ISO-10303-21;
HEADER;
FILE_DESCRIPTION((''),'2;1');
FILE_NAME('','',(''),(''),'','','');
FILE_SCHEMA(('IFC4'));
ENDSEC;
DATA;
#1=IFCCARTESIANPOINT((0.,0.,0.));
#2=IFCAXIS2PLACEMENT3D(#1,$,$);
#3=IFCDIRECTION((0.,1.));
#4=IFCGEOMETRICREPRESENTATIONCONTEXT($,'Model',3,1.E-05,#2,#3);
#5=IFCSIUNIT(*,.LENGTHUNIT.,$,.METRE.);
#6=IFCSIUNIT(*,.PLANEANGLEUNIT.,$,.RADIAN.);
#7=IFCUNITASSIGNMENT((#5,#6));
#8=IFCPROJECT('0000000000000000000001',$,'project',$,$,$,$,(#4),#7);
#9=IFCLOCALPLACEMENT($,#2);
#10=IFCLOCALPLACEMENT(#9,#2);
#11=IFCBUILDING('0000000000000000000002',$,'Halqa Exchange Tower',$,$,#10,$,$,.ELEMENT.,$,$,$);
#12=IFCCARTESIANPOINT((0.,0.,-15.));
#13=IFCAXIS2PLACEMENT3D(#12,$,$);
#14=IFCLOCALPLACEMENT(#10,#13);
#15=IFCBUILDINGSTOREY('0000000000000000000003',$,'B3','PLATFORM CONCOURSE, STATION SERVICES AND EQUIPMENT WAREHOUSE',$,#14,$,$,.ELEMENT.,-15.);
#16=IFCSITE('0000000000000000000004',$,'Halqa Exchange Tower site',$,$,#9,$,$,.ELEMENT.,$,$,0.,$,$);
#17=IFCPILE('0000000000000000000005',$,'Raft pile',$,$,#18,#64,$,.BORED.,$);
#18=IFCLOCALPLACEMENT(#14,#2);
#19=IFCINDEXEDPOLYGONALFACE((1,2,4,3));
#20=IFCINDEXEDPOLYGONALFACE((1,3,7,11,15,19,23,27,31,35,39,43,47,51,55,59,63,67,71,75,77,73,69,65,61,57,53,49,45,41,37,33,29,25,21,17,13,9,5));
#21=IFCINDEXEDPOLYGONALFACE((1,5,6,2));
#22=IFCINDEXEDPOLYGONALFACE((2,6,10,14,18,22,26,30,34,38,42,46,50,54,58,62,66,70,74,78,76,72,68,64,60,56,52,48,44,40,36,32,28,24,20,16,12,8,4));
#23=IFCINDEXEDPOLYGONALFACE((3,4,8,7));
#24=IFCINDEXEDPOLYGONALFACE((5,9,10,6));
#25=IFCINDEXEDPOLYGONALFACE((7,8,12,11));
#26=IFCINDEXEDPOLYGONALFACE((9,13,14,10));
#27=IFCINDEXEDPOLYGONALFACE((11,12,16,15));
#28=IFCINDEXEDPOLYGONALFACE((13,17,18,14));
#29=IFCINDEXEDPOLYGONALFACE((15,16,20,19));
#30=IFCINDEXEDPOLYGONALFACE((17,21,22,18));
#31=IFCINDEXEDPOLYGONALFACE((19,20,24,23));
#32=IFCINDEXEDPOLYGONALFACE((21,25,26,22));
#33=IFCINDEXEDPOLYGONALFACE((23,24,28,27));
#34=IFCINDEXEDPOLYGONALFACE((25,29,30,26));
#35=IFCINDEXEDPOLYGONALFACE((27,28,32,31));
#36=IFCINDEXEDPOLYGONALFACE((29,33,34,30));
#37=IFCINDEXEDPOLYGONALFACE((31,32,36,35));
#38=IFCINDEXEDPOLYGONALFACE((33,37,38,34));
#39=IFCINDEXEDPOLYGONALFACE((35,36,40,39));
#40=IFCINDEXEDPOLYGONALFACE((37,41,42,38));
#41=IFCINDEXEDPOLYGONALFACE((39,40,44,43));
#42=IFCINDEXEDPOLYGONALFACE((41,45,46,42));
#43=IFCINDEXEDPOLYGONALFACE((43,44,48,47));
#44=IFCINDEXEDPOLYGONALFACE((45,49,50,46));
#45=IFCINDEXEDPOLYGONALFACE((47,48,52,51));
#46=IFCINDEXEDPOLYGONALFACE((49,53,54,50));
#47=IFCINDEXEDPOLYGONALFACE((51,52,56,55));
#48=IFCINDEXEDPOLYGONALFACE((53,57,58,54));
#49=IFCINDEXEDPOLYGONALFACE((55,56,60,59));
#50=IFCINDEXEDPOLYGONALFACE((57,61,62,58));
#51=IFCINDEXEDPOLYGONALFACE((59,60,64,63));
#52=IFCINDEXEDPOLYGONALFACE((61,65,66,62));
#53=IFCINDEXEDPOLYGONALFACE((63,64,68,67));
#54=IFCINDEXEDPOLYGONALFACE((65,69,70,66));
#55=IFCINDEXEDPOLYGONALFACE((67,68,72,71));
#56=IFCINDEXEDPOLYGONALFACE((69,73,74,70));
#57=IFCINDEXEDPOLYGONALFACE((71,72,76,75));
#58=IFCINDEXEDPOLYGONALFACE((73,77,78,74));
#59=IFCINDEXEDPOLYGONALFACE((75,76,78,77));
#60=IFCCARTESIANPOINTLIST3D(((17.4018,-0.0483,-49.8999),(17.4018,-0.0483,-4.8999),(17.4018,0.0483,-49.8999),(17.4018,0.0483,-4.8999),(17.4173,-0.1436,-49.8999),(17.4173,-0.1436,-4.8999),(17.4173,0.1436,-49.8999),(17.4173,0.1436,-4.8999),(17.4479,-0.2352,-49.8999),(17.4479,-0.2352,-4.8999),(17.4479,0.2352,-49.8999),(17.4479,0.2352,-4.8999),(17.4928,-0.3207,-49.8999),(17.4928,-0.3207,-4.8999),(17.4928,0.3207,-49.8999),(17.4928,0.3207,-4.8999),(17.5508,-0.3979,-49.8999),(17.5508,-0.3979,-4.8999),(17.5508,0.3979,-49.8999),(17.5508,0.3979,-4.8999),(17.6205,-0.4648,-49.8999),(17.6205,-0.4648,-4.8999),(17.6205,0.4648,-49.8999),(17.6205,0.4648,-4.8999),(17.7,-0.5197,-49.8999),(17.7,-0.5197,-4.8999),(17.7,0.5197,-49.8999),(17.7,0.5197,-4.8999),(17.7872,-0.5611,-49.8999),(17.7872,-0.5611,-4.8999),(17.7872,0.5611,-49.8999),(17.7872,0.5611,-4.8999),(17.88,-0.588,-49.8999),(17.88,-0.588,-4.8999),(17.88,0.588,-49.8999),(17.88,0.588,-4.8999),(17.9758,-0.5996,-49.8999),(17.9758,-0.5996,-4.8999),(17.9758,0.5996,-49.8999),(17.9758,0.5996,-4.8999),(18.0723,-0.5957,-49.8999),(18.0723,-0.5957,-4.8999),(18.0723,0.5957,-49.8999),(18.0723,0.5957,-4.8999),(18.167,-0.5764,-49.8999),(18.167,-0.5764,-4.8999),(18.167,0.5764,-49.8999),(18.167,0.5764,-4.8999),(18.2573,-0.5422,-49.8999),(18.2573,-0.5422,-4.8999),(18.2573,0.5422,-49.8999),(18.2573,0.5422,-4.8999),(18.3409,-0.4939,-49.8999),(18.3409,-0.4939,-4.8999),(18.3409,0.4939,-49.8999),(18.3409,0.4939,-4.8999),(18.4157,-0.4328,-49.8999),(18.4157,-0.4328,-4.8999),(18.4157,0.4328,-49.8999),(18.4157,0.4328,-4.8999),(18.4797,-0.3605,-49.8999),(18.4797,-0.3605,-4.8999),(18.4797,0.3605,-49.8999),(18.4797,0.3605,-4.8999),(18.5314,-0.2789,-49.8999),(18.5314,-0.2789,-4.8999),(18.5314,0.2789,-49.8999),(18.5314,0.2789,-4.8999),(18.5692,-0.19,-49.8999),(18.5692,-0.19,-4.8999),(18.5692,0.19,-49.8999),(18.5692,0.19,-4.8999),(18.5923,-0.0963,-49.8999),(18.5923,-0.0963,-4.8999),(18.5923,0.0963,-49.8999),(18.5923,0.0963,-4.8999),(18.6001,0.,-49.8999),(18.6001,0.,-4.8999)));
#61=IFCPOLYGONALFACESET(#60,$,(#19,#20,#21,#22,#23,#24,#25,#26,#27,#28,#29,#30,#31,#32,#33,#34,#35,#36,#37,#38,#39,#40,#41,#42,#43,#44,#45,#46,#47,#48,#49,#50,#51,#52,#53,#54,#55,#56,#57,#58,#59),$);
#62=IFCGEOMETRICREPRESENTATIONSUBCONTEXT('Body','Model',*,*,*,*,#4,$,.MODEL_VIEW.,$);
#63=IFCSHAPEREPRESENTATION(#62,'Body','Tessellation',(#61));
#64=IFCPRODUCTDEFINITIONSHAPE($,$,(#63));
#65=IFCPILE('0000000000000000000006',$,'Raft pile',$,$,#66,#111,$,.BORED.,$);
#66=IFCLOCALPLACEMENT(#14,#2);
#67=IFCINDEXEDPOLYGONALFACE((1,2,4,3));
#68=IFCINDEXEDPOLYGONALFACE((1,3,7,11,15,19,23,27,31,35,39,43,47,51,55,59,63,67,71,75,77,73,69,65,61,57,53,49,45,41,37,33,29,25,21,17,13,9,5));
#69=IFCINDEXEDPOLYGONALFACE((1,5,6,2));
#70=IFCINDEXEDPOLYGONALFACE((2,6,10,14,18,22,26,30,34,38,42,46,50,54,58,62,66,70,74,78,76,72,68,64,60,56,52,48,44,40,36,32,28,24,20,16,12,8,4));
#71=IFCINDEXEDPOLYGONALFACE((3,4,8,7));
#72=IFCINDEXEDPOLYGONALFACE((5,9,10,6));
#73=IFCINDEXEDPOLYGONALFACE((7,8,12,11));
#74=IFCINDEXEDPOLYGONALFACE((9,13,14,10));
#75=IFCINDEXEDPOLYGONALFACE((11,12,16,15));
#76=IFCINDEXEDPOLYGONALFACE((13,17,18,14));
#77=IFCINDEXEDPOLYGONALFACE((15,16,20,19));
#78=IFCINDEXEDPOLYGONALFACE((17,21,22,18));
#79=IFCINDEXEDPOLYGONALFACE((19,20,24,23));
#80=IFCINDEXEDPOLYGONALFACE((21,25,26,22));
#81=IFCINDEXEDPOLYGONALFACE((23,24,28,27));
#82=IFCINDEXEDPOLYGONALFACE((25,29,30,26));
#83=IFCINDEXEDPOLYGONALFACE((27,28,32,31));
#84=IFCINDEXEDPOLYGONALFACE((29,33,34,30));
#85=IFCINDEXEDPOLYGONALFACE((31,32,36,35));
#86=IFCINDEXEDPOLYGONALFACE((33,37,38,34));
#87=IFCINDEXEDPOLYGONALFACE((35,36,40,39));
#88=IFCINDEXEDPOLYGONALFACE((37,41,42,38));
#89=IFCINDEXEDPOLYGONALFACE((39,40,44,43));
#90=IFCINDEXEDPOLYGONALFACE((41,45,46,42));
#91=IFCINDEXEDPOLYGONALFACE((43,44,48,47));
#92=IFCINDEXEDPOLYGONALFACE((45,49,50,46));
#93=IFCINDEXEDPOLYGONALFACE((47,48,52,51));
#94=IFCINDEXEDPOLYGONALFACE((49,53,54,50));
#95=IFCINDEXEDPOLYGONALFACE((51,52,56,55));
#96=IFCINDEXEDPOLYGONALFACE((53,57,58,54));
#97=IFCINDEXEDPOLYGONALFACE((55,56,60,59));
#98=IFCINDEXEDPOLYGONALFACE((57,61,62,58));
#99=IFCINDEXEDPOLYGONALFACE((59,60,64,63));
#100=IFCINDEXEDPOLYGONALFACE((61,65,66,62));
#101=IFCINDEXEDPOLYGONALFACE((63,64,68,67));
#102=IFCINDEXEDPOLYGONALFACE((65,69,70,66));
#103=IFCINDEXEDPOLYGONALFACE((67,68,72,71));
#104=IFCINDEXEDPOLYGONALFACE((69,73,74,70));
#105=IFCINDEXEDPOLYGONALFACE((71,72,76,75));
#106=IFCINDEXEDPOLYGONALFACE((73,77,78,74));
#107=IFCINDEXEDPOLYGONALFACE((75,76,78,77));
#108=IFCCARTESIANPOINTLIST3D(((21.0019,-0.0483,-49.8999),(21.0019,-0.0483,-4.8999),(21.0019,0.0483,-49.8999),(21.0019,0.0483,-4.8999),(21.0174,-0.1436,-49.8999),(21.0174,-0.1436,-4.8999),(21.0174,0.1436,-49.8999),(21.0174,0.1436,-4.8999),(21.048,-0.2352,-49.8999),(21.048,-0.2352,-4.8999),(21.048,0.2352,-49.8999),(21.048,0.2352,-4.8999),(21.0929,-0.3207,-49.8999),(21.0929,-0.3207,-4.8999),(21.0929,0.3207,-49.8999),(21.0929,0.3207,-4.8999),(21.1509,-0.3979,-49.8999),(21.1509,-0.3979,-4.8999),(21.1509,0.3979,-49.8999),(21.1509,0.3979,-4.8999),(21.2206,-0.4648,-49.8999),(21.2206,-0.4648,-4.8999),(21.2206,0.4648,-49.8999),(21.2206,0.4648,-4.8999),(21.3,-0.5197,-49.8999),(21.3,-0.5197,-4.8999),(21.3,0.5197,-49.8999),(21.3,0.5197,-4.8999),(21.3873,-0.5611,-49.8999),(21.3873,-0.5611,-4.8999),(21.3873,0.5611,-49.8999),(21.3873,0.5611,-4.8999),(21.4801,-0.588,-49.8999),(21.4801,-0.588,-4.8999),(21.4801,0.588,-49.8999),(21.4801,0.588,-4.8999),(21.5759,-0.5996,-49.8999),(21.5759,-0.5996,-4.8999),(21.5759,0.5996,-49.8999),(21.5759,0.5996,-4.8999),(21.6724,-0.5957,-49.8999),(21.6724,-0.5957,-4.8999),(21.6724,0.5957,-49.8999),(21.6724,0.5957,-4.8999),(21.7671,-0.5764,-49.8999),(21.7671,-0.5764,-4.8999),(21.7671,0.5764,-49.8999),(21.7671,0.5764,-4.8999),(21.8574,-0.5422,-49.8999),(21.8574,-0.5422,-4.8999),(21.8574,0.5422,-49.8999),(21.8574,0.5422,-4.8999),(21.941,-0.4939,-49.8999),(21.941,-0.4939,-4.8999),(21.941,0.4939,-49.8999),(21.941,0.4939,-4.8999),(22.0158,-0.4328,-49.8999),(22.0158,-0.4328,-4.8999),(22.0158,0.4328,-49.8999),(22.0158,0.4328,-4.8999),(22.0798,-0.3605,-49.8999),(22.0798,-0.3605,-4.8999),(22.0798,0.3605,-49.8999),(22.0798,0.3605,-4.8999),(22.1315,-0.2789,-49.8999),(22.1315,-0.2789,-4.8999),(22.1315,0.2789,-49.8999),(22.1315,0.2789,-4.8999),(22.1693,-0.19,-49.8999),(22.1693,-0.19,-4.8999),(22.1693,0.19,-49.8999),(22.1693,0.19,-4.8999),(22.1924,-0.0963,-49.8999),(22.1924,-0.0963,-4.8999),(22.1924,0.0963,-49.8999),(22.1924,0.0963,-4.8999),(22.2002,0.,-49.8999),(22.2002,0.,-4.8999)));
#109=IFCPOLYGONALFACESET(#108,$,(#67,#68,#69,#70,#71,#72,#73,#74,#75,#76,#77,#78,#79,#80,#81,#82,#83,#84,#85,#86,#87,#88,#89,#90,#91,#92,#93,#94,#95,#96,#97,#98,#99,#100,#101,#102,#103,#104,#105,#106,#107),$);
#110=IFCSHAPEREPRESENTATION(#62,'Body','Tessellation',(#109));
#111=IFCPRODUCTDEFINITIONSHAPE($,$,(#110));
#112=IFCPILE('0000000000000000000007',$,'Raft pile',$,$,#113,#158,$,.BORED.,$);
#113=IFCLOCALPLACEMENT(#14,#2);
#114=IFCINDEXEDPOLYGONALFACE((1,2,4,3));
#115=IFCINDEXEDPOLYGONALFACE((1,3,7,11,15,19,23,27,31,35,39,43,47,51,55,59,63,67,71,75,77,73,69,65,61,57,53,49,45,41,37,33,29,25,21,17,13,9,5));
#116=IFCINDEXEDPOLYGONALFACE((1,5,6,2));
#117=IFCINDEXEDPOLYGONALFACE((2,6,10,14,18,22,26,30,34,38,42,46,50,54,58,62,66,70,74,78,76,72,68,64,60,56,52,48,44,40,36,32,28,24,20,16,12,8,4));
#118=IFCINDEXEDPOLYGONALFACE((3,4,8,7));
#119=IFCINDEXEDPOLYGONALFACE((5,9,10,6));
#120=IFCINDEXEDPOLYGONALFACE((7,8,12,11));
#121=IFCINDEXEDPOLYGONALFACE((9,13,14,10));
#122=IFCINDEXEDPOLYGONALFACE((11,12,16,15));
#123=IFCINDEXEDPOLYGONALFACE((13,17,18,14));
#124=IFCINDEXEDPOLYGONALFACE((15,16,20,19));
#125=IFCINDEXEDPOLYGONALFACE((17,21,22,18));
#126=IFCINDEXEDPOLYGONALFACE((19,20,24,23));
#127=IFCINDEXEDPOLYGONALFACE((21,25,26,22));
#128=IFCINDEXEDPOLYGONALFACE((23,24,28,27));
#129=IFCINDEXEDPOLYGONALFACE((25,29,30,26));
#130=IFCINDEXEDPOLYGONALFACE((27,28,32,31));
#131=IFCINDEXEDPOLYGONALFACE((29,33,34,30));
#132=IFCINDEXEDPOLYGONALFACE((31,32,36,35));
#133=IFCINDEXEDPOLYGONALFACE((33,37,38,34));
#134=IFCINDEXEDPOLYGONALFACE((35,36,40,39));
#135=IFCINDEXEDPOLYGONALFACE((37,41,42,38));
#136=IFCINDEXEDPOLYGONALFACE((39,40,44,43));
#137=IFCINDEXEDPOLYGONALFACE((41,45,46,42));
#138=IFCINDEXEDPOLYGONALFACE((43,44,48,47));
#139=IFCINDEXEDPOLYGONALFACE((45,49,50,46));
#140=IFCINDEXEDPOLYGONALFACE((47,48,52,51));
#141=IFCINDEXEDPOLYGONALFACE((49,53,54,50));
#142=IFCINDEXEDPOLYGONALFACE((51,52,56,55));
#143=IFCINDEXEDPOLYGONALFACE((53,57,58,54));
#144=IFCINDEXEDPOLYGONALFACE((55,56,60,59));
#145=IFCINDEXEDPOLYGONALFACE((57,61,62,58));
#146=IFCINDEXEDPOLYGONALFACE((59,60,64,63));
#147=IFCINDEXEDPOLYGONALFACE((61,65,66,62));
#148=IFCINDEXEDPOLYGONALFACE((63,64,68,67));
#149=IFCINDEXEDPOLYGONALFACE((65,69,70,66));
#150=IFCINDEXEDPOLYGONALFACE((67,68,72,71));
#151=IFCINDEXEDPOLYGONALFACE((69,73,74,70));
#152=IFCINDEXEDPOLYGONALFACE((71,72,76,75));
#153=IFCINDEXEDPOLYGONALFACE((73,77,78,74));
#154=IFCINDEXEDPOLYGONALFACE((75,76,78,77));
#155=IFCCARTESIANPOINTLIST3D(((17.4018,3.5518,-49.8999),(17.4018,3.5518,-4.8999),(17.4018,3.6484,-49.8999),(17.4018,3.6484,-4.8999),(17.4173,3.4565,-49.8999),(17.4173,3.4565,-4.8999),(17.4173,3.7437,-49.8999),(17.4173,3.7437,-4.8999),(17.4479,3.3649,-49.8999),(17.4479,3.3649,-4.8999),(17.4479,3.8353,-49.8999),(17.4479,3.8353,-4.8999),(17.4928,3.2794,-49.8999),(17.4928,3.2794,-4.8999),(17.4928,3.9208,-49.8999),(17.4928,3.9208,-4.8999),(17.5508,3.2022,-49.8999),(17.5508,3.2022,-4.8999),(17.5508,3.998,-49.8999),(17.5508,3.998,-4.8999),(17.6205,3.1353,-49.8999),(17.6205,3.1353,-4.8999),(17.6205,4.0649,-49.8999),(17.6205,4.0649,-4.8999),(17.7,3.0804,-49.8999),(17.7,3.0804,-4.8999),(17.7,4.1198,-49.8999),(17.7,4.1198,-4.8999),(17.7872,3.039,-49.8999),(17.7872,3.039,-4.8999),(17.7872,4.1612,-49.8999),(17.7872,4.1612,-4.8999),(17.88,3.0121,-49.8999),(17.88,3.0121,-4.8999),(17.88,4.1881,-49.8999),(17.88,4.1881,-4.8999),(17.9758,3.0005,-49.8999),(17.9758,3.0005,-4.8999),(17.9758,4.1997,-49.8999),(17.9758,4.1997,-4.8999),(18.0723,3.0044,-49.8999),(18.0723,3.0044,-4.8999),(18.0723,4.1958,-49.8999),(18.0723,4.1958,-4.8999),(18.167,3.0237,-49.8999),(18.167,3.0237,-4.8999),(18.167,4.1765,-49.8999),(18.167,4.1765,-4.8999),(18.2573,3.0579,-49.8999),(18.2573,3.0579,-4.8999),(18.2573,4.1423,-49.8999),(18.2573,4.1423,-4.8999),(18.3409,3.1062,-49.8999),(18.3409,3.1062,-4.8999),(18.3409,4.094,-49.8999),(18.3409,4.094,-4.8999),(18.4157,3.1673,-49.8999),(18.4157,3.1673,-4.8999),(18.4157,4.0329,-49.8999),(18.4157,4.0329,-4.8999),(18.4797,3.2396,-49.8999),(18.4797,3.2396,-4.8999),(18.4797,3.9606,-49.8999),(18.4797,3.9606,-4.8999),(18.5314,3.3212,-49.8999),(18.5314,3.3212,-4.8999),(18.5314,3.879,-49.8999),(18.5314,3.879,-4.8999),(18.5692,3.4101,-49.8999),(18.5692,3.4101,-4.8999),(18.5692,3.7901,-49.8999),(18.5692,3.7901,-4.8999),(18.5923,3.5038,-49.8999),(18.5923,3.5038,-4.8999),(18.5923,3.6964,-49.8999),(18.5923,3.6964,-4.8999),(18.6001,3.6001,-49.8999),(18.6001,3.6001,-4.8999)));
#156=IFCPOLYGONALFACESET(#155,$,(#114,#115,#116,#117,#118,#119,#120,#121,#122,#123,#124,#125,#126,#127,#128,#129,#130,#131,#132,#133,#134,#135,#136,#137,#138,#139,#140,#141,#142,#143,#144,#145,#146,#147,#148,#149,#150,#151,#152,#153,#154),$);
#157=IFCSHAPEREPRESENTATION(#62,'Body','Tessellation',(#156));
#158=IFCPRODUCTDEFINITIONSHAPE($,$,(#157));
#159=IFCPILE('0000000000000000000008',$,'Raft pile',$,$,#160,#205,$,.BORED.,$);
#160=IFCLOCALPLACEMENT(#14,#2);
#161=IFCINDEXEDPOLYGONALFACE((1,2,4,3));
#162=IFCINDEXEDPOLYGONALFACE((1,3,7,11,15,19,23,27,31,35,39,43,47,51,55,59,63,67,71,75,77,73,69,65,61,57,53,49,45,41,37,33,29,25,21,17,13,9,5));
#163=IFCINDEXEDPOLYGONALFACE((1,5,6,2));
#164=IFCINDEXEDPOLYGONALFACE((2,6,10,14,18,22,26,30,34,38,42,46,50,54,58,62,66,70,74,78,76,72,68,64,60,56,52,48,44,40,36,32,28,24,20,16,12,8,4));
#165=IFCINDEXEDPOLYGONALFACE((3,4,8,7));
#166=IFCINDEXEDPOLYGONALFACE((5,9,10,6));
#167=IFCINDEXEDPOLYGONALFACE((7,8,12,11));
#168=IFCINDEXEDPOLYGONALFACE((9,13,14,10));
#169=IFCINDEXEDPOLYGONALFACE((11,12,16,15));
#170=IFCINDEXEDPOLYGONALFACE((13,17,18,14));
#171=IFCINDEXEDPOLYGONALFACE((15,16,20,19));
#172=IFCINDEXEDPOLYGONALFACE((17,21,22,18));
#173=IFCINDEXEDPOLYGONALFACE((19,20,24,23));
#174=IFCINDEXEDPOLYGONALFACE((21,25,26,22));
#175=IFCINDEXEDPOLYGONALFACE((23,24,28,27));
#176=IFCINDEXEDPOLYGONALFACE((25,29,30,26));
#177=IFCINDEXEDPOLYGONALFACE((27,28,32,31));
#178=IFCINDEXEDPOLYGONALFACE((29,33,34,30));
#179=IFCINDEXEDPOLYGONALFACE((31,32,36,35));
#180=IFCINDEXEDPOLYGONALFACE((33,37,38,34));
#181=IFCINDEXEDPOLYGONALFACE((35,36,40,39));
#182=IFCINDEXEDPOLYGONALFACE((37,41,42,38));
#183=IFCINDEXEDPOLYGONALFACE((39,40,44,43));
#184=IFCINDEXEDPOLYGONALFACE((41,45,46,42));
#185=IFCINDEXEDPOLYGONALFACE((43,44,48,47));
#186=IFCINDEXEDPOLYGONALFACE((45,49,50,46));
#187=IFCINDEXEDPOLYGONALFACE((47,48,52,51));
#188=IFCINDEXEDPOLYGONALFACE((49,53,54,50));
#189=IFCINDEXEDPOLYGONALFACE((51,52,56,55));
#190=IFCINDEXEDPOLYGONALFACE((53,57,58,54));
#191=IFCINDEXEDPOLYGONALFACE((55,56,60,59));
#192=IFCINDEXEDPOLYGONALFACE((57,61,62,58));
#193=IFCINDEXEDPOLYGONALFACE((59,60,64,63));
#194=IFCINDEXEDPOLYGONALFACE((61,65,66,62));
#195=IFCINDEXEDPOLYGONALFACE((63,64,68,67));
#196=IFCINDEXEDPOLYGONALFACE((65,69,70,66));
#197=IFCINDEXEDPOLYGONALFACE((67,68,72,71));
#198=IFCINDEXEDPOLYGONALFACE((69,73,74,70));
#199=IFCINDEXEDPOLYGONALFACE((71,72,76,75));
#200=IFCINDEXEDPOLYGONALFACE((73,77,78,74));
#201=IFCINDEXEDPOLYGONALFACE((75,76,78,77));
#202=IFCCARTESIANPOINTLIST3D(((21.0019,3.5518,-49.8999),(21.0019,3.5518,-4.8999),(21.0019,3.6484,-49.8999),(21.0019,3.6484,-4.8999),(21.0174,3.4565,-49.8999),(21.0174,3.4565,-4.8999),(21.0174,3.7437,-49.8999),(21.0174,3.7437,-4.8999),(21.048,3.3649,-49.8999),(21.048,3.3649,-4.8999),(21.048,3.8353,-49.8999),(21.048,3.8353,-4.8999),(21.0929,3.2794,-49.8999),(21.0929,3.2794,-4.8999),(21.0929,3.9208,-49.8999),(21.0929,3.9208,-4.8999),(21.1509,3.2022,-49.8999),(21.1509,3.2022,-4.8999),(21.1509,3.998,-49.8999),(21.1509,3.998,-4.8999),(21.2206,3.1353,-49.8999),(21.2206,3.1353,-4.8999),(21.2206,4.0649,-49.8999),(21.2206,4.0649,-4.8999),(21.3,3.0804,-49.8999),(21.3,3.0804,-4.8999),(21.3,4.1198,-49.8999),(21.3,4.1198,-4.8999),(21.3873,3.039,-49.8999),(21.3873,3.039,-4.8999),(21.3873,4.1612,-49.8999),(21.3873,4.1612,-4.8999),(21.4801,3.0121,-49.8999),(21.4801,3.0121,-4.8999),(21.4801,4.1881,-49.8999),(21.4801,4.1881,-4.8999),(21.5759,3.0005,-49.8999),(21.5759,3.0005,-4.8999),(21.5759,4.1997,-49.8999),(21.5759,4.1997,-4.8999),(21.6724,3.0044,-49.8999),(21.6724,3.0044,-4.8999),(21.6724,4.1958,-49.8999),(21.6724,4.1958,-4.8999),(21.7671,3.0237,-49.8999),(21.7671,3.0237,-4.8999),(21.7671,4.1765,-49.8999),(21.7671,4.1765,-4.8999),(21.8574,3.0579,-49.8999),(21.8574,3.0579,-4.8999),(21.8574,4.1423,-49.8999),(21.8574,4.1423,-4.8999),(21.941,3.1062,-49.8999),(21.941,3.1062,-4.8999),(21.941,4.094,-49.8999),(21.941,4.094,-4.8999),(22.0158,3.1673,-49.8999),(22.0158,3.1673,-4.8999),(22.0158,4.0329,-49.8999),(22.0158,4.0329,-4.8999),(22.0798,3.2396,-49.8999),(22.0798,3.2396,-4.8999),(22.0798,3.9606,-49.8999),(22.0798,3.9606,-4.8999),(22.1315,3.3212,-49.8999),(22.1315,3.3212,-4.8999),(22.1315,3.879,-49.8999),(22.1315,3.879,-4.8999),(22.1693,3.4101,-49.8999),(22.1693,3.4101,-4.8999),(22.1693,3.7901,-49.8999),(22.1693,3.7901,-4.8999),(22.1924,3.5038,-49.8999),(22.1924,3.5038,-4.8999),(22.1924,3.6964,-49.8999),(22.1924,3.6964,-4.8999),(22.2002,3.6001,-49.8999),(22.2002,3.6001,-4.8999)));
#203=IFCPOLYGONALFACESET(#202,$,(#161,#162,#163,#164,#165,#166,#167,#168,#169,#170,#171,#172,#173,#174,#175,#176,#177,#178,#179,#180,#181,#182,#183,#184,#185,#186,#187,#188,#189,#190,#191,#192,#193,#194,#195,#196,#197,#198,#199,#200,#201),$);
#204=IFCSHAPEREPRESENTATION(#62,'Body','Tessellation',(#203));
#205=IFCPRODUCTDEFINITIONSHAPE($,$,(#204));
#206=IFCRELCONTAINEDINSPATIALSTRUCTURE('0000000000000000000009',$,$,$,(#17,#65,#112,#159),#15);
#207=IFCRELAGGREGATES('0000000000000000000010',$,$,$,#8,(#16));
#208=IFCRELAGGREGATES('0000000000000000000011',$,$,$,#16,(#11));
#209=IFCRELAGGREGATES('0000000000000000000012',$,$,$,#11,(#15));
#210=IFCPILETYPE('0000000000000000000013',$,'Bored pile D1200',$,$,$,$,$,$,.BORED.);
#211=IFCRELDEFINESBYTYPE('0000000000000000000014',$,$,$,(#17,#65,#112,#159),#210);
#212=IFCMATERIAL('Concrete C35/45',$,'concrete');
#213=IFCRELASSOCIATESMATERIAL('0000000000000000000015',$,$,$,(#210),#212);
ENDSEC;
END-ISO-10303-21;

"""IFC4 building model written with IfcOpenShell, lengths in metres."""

from ifc_helpers import new_model, si_unit, direction, frame, origin, origin_2d, place, context, subcontext, project, spatial, circle, extrude, material, material_profile, profile_set, type_object, element, save


model = new_model("IFC4")

# Units and contexts
model_context = context("Model", 3, precision=1e-05, world=origin(), true_north=direction((0.0, 1.0)))
body_context = subcontext(model_context, "Body", "Model", "MODEL_VIEW")
ifc_project = project(units=[si_unit("LENGTHUNIT", "METRE"), si_unit("PLANEANGLEUNIT", "RADIAN")], contexts=[model_context])

# Site, building, storey
site_placement = place(None, origin())
site = spatial("IfcSite", under=ifc_project, at=site_placement, Name="Halqa Exchange Tower site", CompositionType="ELEMENT", RefElevation=0.0)
building_placement = place(site_placement, origin())
building = spatial("IfcBuilding", under=site, at=building_placement, Name="Halqa Exchange Tower", CompositionType="ELEMENT")
storey_placement = place(building_placement, frame((0.0, 0.0, -15.0)))
storey = spatial("IfcBuildingStorey", under=building, at=storey_placement, Name="B3", Description="PLATFORM CONCOURSE, STATION SERVICES AND EQUIPMENT WAREHOUSE", CompositionType="ELEMENT", Elevation=-15.0)

# Piles
ifc_material_1 = material(Name="Concrete C35/45", Category="concrete")
ifc_material_profile_1 = material_profile(ifc_material_1, circle(Radius=0.6001, at=origin_2d()), Name="D1200")
ifc_profile_set_1 = profile_set([ifc_material_profile_1], Name="Concrete C35/45")
pile_type_1 = type_object("IfcPileType", Name="Bored pile D1200", PredefinedType="BORED", material=ifc_profile_set_1)
for number, where, z_axis, x_axis, name in (
    (1, (18.0, 0.0, -4.8999), (0.0, 0.0, -1.0), (1.0, 0.0, 0.0), "Raft pile"),
    (2, (21.6001, 0.0, -4.8999), (0.0, 0.0, -1.0), (1.0, 0.0, 0.0), "Raft pile"),
    (3, (18.0, 3.6001, -4.8999), (0.0, 0.0, -1.0), (1.0, 0.0, 0.0), "Raft pile"),
    (4, (21.6001, 3.6001, -4.8999), (0.0, 0.0, -1.0), (1.0, 0.0, 0.0), "Raft pile"),
):
    element("IfcPile", number, at=place(storey_placement, frame(where, z_axis=z_axis, x_axis=x_axis)), inside=storey, type_object=pile_type_1, Name=name, PredefinedType="BORED", context=body_context, shape_type="SweptSolid", body=[
        extrude(circle(Radius=0.6001, at=origin_2d()), origin(), (0.0, 0.0, 1.0), 45.0),
    ])

save(model, "model.ifc")
